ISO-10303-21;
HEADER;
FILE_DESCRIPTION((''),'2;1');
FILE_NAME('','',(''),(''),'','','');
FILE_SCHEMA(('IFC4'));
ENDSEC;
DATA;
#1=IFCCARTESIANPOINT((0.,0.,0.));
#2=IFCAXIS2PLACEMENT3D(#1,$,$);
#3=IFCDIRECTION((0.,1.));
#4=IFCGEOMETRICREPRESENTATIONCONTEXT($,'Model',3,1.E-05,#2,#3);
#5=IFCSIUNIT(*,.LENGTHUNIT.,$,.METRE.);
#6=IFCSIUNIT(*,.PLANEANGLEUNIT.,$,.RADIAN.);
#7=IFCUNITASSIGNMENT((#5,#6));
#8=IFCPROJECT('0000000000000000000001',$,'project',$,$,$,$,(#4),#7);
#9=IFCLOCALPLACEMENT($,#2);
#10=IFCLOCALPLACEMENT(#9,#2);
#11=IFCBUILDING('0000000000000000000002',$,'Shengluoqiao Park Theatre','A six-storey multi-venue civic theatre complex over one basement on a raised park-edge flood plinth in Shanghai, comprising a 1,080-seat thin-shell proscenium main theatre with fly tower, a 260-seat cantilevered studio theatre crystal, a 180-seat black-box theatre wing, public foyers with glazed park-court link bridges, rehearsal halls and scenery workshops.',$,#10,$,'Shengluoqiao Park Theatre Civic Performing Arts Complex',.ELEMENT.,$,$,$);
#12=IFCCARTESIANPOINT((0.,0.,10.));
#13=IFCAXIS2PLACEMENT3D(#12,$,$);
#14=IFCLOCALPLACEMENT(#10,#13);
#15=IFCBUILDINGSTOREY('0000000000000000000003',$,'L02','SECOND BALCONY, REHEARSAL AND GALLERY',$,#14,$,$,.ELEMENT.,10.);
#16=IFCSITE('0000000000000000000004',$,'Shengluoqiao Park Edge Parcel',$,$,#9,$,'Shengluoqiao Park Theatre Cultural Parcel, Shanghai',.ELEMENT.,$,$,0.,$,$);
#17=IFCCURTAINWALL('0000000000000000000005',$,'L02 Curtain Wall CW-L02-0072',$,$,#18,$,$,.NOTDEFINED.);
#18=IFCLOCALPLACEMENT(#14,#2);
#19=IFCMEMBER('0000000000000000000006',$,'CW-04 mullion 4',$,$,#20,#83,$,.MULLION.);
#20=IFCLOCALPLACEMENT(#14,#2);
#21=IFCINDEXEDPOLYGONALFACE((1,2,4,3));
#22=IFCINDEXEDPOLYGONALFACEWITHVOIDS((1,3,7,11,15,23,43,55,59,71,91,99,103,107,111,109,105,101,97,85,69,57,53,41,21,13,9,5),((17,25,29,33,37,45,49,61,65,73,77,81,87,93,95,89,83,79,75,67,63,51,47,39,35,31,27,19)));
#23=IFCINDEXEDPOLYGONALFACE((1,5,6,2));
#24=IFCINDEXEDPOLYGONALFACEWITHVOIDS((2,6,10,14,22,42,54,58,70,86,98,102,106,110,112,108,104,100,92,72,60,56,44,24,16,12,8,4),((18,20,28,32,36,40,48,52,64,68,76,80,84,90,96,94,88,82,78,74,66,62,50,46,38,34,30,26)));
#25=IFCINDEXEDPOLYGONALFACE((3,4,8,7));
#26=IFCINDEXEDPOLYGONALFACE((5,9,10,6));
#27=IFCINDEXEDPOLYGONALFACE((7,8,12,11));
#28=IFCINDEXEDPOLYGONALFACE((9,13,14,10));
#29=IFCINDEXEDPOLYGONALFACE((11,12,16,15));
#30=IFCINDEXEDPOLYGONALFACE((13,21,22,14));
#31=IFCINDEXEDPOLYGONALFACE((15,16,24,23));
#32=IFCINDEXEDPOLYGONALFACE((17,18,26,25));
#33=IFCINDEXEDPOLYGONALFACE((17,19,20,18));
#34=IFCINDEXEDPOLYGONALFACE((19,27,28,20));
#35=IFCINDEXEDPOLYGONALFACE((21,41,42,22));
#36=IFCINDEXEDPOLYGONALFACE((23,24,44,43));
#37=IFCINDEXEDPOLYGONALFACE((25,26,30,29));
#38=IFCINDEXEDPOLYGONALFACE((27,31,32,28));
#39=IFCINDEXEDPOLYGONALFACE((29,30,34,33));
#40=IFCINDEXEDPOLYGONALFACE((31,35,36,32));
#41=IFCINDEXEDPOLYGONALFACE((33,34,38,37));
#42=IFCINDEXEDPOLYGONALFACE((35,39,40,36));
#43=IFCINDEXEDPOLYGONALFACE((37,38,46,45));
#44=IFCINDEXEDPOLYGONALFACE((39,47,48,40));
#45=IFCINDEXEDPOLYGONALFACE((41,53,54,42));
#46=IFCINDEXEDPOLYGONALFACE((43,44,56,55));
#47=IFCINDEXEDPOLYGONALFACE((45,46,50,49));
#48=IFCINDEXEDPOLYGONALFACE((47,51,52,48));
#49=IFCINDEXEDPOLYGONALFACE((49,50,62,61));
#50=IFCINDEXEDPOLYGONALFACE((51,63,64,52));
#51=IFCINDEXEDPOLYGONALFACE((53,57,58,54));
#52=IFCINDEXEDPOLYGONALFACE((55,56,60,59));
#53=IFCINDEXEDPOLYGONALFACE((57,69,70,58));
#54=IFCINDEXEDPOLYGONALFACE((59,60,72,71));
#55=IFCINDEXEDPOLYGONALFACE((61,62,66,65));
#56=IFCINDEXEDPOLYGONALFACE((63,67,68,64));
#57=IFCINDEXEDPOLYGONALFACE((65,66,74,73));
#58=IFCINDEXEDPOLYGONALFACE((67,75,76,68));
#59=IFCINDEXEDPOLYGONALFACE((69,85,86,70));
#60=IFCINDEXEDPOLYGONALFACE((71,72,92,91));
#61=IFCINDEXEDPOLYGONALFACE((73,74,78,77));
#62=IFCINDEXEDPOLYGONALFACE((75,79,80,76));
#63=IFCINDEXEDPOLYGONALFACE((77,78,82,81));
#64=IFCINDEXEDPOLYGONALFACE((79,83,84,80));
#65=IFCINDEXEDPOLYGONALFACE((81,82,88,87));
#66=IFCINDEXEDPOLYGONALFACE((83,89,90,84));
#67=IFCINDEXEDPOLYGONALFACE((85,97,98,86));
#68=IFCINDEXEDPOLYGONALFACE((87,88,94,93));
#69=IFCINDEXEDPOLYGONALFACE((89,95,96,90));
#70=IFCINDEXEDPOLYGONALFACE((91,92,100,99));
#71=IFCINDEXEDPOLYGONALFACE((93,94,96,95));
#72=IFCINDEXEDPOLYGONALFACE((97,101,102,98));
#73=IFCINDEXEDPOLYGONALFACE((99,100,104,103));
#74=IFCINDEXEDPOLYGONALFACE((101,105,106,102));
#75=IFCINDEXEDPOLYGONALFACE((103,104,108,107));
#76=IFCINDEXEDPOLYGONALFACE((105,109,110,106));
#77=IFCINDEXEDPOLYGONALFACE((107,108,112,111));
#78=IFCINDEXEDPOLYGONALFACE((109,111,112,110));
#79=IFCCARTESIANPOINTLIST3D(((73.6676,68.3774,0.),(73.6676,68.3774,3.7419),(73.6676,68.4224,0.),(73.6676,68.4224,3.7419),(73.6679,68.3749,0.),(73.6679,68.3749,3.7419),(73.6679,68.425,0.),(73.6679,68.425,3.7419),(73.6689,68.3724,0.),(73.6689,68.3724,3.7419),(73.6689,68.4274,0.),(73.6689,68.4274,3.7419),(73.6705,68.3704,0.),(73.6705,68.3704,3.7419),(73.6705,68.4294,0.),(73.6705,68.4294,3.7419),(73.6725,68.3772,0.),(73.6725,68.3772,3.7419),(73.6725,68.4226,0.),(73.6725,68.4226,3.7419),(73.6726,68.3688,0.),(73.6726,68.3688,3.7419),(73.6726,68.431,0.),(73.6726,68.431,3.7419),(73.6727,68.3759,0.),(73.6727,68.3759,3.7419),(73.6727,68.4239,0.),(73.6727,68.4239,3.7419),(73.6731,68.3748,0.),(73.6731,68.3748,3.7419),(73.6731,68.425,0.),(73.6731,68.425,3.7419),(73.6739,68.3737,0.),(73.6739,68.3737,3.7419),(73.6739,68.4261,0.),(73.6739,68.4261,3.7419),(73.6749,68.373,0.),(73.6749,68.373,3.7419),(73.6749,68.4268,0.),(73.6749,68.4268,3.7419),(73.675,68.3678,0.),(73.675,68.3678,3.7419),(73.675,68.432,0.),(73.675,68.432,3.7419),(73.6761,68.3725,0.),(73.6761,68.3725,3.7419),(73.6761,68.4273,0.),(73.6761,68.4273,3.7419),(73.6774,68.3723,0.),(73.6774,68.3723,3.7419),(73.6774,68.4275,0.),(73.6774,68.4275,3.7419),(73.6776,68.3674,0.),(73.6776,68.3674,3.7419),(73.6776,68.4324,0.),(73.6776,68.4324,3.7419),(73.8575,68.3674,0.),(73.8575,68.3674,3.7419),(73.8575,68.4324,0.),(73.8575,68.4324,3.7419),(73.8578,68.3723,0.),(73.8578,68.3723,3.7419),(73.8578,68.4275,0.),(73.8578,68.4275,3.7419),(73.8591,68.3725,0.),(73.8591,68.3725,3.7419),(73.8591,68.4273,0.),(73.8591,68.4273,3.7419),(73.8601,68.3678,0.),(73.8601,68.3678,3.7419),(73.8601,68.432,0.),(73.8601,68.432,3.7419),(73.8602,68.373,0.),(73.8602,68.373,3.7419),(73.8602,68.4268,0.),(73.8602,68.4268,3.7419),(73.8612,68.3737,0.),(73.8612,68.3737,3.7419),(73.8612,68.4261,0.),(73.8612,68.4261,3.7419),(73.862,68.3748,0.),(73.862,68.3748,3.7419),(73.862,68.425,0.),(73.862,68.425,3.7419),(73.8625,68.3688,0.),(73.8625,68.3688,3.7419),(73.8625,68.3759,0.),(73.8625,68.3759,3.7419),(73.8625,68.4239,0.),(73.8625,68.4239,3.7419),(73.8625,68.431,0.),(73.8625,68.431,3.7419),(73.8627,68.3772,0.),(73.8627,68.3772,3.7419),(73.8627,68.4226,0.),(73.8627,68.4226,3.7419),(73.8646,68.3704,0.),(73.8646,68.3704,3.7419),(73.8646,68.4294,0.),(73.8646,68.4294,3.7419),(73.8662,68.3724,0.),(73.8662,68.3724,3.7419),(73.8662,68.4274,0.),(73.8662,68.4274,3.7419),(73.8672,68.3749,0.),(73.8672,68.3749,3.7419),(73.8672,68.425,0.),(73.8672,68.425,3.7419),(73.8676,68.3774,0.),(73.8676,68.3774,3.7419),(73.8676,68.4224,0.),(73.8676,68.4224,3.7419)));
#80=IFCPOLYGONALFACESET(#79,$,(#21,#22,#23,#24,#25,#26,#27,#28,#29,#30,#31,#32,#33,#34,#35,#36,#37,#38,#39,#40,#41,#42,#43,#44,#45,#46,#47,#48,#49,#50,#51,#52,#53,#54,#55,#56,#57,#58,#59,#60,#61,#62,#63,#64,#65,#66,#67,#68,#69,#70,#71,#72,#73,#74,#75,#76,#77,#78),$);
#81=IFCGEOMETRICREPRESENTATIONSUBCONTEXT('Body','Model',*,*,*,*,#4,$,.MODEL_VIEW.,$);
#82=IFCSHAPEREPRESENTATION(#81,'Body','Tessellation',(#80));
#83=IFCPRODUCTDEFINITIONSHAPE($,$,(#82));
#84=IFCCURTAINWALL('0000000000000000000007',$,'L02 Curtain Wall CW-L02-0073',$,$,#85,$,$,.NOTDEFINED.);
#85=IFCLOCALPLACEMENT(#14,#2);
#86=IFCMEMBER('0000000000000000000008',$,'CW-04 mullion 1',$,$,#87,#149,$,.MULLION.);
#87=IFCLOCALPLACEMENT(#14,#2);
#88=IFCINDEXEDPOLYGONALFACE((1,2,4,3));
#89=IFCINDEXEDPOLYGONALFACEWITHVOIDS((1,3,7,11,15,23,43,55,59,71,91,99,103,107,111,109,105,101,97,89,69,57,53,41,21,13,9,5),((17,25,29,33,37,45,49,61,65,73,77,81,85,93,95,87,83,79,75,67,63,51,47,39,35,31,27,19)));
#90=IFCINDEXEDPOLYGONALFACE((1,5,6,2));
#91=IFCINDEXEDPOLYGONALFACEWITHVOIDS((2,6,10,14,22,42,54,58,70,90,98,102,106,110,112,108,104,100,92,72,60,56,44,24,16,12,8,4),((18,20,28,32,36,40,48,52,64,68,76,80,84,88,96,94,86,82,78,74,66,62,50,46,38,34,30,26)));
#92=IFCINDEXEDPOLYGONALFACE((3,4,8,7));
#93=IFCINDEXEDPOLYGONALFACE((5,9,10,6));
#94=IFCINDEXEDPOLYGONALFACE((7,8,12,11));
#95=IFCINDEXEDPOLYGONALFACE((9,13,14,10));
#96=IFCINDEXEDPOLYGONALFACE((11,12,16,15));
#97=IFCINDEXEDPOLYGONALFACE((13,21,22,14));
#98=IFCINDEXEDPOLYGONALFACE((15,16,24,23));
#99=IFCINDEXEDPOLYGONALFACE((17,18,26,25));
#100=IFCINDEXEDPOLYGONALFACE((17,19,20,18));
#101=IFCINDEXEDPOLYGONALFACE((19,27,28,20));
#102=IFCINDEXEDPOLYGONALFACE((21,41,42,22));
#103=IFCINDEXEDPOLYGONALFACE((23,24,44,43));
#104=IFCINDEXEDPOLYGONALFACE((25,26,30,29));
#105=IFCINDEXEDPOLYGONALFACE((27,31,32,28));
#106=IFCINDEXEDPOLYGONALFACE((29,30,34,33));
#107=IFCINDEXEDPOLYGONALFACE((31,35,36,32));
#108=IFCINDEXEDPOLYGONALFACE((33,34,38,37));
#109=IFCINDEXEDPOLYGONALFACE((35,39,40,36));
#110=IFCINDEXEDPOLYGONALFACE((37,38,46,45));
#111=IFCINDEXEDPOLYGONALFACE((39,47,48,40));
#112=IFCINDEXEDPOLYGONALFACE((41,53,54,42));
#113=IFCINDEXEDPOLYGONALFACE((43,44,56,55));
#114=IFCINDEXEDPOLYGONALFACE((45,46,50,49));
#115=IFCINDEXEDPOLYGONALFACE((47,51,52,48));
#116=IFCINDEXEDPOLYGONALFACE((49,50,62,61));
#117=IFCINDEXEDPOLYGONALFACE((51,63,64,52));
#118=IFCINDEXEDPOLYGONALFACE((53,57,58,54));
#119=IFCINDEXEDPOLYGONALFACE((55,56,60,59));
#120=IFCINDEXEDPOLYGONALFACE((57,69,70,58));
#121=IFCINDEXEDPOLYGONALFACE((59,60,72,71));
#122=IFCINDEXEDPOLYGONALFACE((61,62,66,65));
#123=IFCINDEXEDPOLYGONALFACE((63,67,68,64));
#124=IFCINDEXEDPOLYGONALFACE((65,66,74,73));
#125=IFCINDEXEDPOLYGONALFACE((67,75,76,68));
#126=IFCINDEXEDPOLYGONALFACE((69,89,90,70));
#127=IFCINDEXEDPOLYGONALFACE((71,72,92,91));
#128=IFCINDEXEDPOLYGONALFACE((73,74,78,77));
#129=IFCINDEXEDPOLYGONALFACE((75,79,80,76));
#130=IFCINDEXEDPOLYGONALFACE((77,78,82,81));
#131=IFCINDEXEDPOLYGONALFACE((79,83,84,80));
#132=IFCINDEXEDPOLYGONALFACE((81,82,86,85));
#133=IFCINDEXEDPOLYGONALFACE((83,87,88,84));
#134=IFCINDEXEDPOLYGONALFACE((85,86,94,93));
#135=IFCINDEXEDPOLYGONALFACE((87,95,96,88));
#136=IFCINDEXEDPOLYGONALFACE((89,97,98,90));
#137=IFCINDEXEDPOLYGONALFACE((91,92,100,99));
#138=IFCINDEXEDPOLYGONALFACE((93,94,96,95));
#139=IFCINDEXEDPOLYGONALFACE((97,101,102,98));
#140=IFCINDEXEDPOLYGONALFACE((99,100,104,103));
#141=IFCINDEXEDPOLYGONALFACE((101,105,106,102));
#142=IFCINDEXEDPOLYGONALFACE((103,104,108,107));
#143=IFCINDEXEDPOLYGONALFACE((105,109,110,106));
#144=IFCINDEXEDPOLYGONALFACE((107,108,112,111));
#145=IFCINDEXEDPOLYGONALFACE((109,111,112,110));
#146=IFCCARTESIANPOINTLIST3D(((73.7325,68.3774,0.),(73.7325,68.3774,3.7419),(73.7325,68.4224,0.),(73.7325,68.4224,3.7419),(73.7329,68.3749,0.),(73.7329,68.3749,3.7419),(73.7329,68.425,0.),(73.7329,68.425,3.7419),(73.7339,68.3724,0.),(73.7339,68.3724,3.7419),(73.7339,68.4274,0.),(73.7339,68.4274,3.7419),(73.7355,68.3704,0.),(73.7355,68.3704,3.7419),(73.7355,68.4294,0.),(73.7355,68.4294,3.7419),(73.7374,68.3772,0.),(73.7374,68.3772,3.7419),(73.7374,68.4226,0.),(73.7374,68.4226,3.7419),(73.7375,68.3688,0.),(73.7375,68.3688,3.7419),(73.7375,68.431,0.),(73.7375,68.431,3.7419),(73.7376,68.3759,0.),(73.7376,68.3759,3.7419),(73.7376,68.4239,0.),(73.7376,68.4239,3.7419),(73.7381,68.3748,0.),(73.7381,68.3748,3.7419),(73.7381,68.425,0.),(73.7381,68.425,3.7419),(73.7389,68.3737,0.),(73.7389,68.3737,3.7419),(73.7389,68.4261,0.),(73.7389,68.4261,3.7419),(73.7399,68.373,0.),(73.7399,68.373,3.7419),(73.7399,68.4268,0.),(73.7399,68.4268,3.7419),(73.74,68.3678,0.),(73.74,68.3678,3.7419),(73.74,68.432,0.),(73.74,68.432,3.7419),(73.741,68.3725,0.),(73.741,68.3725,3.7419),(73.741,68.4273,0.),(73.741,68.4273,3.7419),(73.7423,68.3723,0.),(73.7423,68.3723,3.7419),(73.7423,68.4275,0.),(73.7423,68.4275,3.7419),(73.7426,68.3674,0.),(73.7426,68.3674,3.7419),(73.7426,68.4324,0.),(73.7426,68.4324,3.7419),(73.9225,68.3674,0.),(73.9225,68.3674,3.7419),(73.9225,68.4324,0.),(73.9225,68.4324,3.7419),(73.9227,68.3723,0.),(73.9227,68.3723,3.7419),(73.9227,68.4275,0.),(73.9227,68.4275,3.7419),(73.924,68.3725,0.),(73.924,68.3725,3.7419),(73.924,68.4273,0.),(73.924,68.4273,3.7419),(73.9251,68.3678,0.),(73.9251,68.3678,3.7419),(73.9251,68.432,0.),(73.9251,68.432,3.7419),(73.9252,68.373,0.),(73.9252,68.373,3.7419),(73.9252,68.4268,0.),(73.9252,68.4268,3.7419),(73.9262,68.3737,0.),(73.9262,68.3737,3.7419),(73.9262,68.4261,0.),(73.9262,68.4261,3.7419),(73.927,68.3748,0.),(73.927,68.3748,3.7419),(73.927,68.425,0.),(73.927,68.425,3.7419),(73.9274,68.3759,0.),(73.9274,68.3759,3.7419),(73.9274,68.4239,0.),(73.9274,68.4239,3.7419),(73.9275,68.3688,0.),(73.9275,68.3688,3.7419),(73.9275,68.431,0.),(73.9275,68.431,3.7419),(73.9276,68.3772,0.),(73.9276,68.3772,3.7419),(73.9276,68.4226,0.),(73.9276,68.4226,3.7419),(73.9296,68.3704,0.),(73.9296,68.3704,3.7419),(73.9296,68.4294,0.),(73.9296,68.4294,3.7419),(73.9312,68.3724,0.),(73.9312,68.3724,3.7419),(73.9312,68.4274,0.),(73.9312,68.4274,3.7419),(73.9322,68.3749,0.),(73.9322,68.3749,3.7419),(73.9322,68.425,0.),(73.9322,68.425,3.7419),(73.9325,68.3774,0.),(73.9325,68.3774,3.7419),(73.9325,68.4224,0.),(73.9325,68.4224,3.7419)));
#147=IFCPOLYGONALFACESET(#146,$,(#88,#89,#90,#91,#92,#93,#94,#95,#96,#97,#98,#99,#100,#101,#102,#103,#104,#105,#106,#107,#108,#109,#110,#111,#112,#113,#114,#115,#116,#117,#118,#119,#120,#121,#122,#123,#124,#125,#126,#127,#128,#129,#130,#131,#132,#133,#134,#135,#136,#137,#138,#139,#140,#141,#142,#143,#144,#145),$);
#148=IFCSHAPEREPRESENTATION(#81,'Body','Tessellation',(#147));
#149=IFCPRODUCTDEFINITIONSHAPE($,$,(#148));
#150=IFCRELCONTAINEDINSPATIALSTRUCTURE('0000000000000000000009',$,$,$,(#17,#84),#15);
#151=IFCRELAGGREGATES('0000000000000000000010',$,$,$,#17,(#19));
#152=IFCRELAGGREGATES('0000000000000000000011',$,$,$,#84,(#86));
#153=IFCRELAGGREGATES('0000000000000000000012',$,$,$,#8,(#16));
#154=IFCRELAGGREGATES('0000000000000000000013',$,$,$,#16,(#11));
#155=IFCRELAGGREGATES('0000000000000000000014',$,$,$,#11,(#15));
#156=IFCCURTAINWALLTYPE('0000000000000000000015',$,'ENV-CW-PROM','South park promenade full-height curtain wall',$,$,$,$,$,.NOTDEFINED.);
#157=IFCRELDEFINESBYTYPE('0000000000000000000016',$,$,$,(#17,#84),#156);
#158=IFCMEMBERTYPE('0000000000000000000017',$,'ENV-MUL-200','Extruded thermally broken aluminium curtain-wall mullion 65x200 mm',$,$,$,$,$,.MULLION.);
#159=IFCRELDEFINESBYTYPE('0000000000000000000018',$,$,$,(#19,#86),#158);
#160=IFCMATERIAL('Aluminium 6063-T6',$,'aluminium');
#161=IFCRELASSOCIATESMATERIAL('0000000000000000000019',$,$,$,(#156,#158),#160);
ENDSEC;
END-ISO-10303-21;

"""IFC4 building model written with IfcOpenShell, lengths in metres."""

from ifc_helpers import new_model, si_unit, direction, frame, origin, origin_2d, place, context, subcontext, project, spatial, hollow_rectangle, extrude, material, material_profile, profile_set, type_object, element, aggregate, save


model = new_model("IFC4")

# Units and contexts
model_context = context("Model", 3, precision=1e-05, world=origin(), true_north=direction((0.0, 1.0)))
body_context = subcontext(model_context, "Body", "Model", "MODEL_VIEW")
ifc_project = project(units=[si_unit("LENGTHUNIT", "METRE"), si_unit("PLANEANGLEUNIT", "RADIAN")], contexts=[model_context])

# Site, building, storey
site_placement = place(None, origin())
site = spatial("IfcSite", under=ifc_project, at=site_placement, Name="Shengluoqiao Park Edge Parcel", LongName="Shengluoqiao Park Theatre Cultural Parcel, Shanghai", CompositionType="ELEMENT", RefElevation=0.0)
building_placement = place(site_placement, origin())
building = spatial("IfcBuilding", under=site, at=building_placement, Name="Shengluoqiao Park Theatre", Description="A six-storey multi-venue civic theatre complex over one basement on a raised park-edge flood plinth in Shanghai, comprising a 1,080-seat thin-shell proscenium main theatre with fly tower, a 260-seat cantilevered studio theatre crystal, a 180-seat black-box theatre wing, public foyers with glazed park-court link bridges, rehearsal halls and scenery workshops.", LongName="Shengluoqiao Park Theatre Civic Performing Arts Complex", CompositionType="ELEMENT")
storey_placement = place(building_placement, frame((0.0, 0.0, 10.0)))
storey = spatial("IfcBuildingStorey", under=building, at=storey_placement, Name="L02", Description="SECOND BALCONY, REHEARSAL AND GALLERY", CompositionType="ELEMENT", Elevation=10.0)

# Curtain wall, member
ifc_material_1 = material(Name="Aluminium 6063-T6", Category="aluminium")
curtain_wall_type = type_object("IfcCurtainWallType", Name="ENV-CW-PROM", Description="South park promenade full-height curtain wall", PredefinedType="NOTDEFINED", material=ifc_material_1)
curtain_wall_1_placement = place(storey_placement, origin())
curtain_wall_1 = element("IfcCurtainWall", 1, at=curtain_wall_1_placement, inside=storey, type_object=curtain_wall_type, Name="L02 Curtain Wall CW-L02-0072", PredefinedType="NOTDEFINED")
ifc_material_profile_1 = material_profile(ifc_material_1, hollow_rectangle(XDim=0.0649, YDim=0.2, WallThickness=0.0049, InnerFilletRadius=0.0049, OuterFilletRadius=0.01, at=origin_2d()), Name="ALU MULLION 200x65x5")
ifc_profile_set_1 = profile_set([ifc_material_profile_1], Name="Aluminium 6063-T6")
member_type_1 = type_object("IfcMemberType", Name="ENV-MUL-200", Description="Extruded thermally broken aluminium curtain-wall mullion 65x200 mm", PredefinedType="MULLION", material=ifc_profile_set_1)
member_1_placement = place(storey_placement, frame((73.7676, 68.3999, 0.0), z_axis=(0.0, 0.0, 1.0), x_axis=(0.0, 1.0, 0.0)))
member_1 = element("IfcMember", 2, at=member_1_placement, type_object=member_type_1, Name="CW-04 mullion 4", PredefinedType="MULLION", context=body_context, shape_type="SweptSolid", body=[
    extrude(hollow_rectangle(XDim=0.0649, YDim=0.2, WallThickness=0.0049, InnerFilletRadius=0.0049, OuterFilletRadius=0.01, at=origin_2d()), origin(), (0.0, 0.0, 1.0), 3.7419),
])

# Curtain wall, member
curtain_wall_2_placement = place(storey_placement, origin())
curtain_wall_2 = element("IfcCurtainWall", 3, at=curtain_wall_2_placement, inside=storey, type_object=curtain_wall_type, Name="L02 Curtain Wall CW-L02-0073", PredefinedType="NOTDEFINED")
member_2_placement = place(storey_placement, frame((73.8325, 68.3999, 0.0), z_axis=(0.0, 0.0, 1.0), x_axis=(0.0, 1.0, 0.0)))
member_2 = element("IfcMember", 4, at=member_2_placement, type_object=member_type_1, Name="CW-04 mullion 1", PredefinedType="MULLION", context=body_context, shape_type="SweptSolid", body=[
    extrude(hollow_rectangle(XDim=0.0649, YDim=0.2, WallThickness=0.0049, InnerFilletRadius=0.0049, OuterFilletRadius=0.01, at=origin_2d()), origin(), (0.0, 0.0, 1.0), 3.7419),
])

aggregate(curtain_wall_1, [member_1])
aggregate(curtain_wall_2, [member_2])

save(model, "model.ifc")
